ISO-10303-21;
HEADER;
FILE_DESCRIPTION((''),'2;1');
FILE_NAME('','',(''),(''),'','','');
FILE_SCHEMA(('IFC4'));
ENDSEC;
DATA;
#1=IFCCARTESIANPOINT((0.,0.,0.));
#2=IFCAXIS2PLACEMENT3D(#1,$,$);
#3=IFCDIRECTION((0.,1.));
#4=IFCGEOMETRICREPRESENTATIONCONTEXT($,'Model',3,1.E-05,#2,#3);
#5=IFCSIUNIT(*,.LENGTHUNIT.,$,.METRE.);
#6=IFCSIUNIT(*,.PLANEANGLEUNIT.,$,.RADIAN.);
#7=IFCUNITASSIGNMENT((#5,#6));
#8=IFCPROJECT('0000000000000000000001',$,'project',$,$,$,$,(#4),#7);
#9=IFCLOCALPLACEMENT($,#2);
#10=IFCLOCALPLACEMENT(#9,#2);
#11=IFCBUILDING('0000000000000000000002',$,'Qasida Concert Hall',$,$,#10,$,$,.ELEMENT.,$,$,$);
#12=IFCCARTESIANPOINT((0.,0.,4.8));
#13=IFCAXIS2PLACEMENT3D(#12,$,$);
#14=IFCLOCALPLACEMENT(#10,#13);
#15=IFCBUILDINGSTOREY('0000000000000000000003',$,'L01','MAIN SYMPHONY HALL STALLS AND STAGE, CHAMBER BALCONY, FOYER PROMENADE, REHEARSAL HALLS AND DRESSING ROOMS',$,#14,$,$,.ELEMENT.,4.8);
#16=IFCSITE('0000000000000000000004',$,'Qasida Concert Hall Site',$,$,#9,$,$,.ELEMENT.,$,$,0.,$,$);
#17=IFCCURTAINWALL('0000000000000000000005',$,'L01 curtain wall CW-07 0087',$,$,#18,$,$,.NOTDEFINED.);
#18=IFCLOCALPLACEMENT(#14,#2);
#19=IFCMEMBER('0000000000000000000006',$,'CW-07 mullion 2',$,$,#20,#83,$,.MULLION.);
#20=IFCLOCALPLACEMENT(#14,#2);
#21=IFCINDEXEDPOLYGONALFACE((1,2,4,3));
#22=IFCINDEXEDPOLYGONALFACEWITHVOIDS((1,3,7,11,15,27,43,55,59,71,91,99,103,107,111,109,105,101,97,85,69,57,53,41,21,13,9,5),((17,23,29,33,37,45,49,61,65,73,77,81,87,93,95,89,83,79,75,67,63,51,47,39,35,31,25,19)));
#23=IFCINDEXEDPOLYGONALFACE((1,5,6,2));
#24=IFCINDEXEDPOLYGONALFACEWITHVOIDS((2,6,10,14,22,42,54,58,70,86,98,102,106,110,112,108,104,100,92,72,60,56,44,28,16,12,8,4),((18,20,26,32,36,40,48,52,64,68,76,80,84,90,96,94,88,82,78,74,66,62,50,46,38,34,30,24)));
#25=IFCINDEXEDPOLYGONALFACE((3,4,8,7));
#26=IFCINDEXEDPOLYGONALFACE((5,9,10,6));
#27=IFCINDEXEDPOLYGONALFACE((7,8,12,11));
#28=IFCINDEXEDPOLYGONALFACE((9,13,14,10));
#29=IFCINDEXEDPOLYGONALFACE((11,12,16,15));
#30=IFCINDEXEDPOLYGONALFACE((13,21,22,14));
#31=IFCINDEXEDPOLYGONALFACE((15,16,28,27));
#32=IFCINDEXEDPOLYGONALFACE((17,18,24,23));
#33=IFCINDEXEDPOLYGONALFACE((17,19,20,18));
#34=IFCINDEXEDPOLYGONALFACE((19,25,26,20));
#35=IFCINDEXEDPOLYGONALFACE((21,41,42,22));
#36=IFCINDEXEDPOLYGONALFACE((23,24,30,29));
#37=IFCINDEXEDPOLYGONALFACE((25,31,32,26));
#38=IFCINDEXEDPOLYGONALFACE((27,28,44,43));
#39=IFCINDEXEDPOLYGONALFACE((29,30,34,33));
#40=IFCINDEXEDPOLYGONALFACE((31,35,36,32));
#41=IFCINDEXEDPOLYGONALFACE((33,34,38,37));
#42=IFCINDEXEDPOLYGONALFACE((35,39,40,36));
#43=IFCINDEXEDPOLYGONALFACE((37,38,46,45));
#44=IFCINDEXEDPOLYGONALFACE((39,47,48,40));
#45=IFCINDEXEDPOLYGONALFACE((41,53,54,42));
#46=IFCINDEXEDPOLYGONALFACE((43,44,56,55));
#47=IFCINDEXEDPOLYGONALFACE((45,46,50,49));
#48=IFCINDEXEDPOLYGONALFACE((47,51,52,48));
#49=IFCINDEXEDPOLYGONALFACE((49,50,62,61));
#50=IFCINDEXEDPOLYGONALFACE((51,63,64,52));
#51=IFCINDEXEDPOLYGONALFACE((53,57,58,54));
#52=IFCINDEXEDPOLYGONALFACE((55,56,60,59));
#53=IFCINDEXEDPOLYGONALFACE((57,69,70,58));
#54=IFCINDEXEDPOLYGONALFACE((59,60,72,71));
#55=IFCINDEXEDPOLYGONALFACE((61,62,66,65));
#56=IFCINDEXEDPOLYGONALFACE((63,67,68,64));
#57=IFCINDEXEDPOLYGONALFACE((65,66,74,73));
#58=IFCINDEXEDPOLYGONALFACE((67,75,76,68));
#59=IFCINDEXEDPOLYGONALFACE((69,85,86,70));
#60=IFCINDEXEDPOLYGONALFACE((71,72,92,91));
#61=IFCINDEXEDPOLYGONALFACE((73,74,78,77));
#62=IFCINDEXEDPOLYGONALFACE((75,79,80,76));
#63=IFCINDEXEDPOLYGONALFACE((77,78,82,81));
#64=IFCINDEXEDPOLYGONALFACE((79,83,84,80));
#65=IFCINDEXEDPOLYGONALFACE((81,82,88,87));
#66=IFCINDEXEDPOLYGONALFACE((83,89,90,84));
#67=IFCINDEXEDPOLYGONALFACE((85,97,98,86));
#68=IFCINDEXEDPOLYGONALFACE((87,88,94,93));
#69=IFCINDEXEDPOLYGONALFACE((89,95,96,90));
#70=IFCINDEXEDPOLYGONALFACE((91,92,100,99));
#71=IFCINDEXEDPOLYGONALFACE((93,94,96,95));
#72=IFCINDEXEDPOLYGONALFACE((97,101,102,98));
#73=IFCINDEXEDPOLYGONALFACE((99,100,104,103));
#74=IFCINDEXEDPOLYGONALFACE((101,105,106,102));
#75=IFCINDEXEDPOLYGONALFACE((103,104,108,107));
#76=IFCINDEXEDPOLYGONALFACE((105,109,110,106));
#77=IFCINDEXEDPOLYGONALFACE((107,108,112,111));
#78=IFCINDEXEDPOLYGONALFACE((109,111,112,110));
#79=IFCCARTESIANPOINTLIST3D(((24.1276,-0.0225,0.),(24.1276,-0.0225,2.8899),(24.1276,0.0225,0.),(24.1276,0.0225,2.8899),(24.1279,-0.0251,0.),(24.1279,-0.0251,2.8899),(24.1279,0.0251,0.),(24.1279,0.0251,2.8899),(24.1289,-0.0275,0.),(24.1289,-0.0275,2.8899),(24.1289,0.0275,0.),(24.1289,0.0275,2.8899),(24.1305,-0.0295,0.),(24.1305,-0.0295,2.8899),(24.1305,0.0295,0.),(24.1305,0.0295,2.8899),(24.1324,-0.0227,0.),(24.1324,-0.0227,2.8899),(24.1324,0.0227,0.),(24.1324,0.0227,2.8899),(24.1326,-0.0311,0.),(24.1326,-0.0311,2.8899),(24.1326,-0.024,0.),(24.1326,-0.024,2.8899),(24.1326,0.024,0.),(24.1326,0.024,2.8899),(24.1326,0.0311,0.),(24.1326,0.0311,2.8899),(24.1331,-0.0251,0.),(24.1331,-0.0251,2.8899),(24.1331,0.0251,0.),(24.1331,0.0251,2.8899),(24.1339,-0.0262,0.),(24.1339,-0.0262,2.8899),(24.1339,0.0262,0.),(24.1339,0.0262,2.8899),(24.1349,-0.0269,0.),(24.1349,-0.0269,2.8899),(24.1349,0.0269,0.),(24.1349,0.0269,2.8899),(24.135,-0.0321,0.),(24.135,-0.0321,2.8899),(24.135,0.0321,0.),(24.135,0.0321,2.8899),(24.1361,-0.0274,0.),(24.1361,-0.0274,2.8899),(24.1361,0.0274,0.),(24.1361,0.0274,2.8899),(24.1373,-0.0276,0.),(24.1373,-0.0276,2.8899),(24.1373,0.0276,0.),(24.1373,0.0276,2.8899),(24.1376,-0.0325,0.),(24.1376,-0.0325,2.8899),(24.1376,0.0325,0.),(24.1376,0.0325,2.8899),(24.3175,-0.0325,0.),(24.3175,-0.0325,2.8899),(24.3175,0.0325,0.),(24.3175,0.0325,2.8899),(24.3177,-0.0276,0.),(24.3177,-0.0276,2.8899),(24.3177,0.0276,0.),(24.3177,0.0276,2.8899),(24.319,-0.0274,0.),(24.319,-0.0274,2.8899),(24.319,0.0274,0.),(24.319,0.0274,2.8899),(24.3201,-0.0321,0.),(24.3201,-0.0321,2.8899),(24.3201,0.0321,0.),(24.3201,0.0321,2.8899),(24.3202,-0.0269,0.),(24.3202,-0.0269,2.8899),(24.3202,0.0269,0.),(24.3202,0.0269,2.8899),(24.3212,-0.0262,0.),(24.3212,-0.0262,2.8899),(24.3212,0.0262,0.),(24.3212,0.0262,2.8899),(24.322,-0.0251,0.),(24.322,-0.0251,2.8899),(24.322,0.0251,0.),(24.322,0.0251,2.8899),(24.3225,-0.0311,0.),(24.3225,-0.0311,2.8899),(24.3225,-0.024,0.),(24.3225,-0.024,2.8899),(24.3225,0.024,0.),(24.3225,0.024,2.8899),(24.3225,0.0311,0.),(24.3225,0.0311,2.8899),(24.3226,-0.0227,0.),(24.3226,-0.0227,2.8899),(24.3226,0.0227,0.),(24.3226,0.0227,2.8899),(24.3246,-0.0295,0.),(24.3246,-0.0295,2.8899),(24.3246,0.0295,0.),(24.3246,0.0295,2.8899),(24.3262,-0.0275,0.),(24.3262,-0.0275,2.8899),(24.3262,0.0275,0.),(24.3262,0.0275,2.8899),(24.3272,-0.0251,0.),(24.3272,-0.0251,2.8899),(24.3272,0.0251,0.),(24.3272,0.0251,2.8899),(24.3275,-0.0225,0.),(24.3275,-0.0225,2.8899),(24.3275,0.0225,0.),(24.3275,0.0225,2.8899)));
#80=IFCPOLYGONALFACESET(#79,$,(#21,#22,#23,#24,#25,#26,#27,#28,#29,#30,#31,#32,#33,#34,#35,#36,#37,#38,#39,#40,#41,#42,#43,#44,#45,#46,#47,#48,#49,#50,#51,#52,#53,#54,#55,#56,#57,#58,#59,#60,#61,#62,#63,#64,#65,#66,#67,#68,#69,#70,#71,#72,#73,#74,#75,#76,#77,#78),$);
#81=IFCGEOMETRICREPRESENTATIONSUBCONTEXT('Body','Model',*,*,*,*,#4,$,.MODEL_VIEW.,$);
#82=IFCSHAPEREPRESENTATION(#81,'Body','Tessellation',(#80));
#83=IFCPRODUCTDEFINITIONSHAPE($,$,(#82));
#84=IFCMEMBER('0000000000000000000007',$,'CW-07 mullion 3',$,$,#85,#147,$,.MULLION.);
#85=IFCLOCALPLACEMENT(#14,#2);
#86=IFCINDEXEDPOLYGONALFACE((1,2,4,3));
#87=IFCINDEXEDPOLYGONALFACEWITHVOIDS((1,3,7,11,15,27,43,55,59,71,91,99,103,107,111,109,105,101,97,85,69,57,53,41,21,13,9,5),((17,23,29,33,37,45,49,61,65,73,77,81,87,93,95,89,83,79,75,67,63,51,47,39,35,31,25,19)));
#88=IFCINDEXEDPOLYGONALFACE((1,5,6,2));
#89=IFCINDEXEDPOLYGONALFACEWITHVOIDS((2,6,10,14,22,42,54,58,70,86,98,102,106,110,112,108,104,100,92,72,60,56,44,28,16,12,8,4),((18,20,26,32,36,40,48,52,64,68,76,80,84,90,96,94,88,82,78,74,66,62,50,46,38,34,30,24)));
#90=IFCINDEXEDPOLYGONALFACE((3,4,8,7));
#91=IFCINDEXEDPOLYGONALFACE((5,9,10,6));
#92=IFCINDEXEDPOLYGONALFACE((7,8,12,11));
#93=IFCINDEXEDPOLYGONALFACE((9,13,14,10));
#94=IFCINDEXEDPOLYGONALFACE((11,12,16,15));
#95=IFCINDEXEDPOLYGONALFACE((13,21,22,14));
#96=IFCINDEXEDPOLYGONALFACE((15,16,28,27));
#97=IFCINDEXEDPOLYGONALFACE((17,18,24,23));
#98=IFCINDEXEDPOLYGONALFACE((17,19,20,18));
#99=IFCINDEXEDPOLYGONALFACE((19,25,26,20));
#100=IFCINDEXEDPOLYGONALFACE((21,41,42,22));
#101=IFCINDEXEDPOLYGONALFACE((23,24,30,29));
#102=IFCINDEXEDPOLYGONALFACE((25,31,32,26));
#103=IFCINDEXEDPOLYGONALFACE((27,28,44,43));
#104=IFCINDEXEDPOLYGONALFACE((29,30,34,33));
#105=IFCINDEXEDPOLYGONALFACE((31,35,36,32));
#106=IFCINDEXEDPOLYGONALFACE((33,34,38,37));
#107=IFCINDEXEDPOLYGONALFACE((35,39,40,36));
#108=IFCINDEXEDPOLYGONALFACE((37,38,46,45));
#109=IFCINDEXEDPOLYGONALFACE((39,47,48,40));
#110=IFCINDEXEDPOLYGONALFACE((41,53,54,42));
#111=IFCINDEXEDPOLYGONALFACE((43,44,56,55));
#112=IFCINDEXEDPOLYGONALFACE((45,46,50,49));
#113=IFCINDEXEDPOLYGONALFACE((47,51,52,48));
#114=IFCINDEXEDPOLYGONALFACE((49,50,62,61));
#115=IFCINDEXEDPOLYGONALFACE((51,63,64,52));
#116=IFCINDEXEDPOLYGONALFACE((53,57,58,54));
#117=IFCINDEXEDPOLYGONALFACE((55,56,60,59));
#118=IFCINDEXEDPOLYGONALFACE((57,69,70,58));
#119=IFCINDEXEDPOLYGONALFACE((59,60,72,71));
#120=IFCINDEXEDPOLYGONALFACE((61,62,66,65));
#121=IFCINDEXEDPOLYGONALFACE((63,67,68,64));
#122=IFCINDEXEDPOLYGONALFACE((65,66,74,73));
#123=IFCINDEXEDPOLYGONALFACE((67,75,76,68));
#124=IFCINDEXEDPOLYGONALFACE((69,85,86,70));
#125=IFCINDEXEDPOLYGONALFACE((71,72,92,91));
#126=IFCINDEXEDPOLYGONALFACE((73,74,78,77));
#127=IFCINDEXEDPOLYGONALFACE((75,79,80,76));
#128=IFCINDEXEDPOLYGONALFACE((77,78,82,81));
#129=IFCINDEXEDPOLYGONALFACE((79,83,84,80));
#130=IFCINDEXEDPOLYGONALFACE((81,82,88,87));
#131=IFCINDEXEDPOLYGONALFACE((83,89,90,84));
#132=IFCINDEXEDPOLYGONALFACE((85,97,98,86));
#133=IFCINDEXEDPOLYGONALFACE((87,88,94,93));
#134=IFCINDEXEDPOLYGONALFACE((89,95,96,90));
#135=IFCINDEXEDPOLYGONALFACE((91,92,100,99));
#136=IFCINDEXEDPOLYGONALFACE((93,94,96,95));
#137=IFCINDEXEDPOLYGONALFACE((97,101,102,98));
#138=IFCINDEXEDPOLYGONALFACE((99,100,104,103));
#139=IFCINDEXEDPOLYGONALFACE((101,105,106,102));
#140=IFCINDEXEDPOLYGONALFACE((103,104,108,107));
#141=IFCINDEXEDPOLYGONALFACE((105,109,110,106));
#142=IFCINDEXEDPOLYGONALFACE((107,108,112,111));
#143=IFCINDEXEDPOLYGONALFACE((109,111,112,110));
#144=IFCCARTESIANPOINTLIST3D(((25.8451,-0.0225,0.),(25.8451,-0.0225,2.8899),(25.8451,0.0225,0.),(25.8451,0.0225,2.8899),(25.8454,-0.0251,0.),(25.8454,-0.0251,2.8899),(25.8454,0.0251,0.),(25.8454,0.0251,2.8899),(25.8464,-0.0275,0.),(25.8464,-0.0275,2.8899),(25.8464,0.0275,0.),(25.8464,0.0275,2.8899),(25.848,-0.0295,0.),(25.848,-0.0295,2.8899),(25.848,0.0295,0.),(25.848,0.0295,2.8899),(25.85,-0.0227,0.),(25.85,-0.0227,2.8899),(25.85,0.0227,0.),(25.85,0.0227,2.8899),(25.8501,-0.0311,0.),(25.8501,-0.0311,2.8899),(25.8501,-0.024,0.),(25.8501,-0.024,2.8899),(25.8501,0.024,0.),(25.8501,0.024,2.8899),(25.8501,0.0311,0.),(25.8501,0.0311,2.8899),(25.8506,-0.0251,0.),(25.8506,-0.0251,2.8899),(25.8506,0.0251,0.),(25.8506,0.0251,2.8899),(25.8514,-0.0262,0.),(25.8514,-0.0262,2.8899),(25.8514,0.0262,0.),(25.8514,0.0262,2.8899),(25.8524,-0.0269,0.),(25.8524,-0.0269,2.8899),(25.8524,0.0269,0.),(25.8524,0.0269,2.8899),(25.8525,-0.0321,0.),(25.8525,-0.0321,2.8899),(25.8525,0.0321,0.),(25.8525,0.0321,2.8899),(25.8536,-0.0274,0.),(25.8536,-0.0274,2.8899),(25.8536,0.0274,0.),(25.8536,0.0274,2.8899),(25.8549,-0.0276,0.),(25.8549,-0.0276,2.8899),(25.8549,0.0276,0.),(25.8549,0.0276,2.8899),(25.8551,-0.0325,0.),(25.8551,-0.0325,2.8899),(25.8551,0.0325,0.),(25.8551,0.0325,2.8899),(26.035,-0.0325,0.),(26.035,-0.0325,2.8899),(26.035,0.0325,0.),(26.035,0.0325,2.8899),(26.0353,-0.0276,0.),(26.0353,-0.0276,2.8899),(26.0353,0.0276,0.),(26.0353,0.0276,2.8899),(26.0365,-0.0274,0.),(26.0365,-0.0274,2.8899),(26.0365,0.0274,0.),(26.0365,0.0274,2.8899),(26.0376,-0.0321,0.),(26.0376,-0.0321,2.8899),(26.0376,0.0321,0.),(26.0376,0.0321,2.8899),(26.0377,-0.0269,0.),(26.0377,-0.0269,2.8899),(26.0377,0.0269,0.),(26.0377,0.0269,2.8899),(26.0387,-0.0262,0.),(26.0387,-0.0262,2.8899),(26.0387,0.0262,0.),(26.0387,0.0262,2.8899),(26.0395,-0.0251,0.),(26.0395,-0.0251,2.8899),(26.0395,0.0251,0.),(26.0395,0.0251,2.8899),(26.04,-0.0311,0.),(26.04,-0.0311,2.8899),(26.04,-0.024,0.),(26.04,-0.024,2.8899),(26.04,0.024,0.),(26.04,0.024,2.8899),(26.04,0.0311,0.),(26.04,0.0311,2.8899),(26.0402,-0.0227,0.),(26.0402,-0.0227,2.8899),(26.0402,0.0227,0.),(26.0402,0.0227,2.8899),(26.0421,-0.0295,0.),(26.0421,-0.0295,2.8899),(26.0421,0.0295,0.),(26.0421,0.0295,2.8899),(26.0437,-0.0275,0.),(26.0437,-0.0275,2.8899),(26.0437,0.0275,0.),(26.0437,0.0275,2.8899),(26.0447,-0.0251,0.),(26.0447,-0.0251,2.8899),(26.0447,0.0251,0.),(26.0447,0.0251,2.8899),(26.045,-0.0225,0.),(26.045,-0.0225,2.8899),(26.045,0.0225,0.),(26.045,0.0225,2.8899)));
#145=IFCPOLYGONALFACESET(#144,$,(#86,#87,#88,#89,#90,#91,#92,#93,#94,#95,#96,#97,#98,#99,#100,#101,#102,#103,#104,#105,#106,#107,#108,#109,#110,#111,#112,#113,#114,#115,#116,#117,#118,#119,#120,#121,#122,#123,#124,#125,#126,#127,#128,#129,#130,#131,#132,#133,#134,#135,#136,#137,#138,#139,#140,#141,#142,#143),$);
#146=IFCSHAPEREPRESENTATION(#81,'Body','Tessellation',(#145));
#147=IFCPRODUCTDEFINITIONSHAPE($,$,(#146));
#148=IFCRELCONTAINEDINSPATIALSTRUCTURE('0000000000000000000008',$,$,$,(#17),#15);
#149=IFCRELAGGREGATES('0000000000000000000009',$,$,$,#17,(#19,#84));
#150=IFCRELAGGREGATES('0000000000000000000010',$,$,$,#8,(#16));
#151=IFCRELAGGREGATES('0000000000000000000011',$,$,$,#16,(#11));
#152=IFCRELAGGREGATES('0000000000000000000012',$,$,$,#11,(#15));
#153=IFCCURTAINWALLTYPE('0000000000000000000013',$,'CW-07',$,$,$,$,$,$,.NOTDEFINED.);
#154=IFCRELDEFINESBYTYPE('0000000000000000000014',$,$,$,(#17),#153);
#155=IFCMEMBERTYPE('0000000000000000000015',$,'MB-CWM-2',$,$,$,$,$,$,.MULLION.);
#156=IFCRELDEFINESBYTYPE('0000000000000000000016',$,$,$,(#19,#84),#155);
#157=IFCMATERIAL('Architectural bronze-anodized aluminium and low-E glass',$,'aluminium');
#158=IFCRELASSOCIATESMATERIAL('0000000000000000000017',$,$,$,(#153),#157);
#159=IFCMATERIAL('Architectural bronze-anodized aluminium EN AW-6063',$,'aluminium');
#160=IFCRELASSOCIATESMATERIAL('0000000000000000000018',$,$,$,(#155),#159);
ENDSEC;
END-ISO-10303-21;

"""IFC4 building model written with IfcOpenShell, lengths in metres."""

from ifc_helpers import new_model, si_unit, direction, frame, origin, origin_2d, place, context, subcontext, project, spatial, hollow_rectangle, extrude, material, material_profile, profile_set, type_object, element, aggregate, save


model = new_model("IFC4")

# Units and contexts
model_context = context("Model", 3, precision=1e-05, world=origin(), true_north=direction((0.0, 1.0)))
body_context = subcontext(model_context, "Body", "Model", "MODEL_VIEW")
ifc_project = project(units=[si_unit("LENGTHUNIT", "METRE"), si_unit("PLANEANGLEUNIT", "RADIAN")], contexts=[model_context])

# Site, building, storey
site_placement = place(None, origin())
site = spatial("IfcSite", under=ifc_project, at=site_placement, Name="Qasida Concert Hall Site", CompositionType="ELEMENT", RefElevation=0.0)
building_placement = place(site_placement, origin())
building = spatial("IfcBuilding", under=site, at=building_placement, Name="Qasida Concert Hall", CompositionType="ELEMENT")
storey_placement = place(building_placement, frame((0.0, 0.0, 4.8)))
storey = spatial("IfcBuildingStorey", under=building, at=storey_placement, Name="L01", Description="MAIN SYMPHONY HALL STALLS AND STAGE, CHAMBER BALCONY, FOYER PROMENADE, REHEARSAL HALLS AND DRESSING ROOMS", CompositionType="ELEMENT", Elevation=4.8)

# Shared definitions
ifc_material_1 = material(Name="Architectural bronze-anodized aluminium and low-E glass", Category="aluminium")
curtain_wall_type = type_object("IfcCurtainWallType", Name="CW-07", PredefinedType="NOTDEFINED", material=ifc_material_1)
ifc_material_2 = material(Name="Architectural bronze-anodized aluminium EN AW-6063", Category="aluminium")
ifc_material_profile_1 = material_profile(ifc_material_2, hollow_rectangle(XDim=0.0649, YDim=0.2, WallThickness=0.0049, InnerFilletRadius=0.0049, OuterFilletRadius=0.01, at=origin_2d()), Name="CWM 200x65x5")
ifc_profile_set_1 = profile_set([ifc_material_profile_1], Name="Architectural bronze-anodized aluminium EN AW-6063")
member_type_1 = type_object("IfcMemberType", Name="MB-CWM-2", PredefinedType="MULLION", material=ifc_profile_set_1)

# Curtain wall, members
curtain_wall_1_placement = place(storey_placement, origin())
curtain_wall_1 = element("IfcCurtainWall", 1, at=curtain_wall_1_placement, inside=storey, type_object=curtain_wall_type, Name="L01 curtain wall CW-07 0087", PredefinedType="NOTDEFINED")
member_1_placement = place(storey_placement, frame((24.2275, 0.0, 0.0), z_axis=(0.0, 0.0, 1.0), x_axis=(0.0, 1.0, 0.0)))
member_1 = element("IfcMember", 2, at=member_1_placement, type_object=member_type_1, Name="CW-07 mullion 2", PredefinedType="MULLION", context=body_context, shape_type="SweptSolid", body=[
    extrude(hollow_rectangle(XDim=0.0649, YDim=0.2, WallThickness=0.0049, InnerFilletRadius=0.0049, OuterFilletRadius=0.01, at=origin_2d()), origin(), (0.0, 0.0, 1.0), 2.8899),
])
member_2_placement = place(storey_placement, frame((25.9451, 0.0, 0.0), z_axis=(0.0, 0.0, 1.0), x_axis=(0.0, 1.0, 0.0)))
member_2 = element("IfcMember", 3, at=member_2_placement, type_object=member_type_1, Name="CW-07 mullion 3", PredefinedType="MULLION", context=body_context, shape_type="SweptSolid", body=[
    extrude(hollow_rectangle(XDim=0.0649, YDim=0.2, WallThickness=0.0049, InnerFilletRadius=0.0049, OuterFilletRadius=0.01, at=origin_2d()), origin(), (0.0, 0.0, 1.0), 2.8899),
])

aggregate(curtain_wall_1, [member_1, member_2])

save(model, "model.ifc")
